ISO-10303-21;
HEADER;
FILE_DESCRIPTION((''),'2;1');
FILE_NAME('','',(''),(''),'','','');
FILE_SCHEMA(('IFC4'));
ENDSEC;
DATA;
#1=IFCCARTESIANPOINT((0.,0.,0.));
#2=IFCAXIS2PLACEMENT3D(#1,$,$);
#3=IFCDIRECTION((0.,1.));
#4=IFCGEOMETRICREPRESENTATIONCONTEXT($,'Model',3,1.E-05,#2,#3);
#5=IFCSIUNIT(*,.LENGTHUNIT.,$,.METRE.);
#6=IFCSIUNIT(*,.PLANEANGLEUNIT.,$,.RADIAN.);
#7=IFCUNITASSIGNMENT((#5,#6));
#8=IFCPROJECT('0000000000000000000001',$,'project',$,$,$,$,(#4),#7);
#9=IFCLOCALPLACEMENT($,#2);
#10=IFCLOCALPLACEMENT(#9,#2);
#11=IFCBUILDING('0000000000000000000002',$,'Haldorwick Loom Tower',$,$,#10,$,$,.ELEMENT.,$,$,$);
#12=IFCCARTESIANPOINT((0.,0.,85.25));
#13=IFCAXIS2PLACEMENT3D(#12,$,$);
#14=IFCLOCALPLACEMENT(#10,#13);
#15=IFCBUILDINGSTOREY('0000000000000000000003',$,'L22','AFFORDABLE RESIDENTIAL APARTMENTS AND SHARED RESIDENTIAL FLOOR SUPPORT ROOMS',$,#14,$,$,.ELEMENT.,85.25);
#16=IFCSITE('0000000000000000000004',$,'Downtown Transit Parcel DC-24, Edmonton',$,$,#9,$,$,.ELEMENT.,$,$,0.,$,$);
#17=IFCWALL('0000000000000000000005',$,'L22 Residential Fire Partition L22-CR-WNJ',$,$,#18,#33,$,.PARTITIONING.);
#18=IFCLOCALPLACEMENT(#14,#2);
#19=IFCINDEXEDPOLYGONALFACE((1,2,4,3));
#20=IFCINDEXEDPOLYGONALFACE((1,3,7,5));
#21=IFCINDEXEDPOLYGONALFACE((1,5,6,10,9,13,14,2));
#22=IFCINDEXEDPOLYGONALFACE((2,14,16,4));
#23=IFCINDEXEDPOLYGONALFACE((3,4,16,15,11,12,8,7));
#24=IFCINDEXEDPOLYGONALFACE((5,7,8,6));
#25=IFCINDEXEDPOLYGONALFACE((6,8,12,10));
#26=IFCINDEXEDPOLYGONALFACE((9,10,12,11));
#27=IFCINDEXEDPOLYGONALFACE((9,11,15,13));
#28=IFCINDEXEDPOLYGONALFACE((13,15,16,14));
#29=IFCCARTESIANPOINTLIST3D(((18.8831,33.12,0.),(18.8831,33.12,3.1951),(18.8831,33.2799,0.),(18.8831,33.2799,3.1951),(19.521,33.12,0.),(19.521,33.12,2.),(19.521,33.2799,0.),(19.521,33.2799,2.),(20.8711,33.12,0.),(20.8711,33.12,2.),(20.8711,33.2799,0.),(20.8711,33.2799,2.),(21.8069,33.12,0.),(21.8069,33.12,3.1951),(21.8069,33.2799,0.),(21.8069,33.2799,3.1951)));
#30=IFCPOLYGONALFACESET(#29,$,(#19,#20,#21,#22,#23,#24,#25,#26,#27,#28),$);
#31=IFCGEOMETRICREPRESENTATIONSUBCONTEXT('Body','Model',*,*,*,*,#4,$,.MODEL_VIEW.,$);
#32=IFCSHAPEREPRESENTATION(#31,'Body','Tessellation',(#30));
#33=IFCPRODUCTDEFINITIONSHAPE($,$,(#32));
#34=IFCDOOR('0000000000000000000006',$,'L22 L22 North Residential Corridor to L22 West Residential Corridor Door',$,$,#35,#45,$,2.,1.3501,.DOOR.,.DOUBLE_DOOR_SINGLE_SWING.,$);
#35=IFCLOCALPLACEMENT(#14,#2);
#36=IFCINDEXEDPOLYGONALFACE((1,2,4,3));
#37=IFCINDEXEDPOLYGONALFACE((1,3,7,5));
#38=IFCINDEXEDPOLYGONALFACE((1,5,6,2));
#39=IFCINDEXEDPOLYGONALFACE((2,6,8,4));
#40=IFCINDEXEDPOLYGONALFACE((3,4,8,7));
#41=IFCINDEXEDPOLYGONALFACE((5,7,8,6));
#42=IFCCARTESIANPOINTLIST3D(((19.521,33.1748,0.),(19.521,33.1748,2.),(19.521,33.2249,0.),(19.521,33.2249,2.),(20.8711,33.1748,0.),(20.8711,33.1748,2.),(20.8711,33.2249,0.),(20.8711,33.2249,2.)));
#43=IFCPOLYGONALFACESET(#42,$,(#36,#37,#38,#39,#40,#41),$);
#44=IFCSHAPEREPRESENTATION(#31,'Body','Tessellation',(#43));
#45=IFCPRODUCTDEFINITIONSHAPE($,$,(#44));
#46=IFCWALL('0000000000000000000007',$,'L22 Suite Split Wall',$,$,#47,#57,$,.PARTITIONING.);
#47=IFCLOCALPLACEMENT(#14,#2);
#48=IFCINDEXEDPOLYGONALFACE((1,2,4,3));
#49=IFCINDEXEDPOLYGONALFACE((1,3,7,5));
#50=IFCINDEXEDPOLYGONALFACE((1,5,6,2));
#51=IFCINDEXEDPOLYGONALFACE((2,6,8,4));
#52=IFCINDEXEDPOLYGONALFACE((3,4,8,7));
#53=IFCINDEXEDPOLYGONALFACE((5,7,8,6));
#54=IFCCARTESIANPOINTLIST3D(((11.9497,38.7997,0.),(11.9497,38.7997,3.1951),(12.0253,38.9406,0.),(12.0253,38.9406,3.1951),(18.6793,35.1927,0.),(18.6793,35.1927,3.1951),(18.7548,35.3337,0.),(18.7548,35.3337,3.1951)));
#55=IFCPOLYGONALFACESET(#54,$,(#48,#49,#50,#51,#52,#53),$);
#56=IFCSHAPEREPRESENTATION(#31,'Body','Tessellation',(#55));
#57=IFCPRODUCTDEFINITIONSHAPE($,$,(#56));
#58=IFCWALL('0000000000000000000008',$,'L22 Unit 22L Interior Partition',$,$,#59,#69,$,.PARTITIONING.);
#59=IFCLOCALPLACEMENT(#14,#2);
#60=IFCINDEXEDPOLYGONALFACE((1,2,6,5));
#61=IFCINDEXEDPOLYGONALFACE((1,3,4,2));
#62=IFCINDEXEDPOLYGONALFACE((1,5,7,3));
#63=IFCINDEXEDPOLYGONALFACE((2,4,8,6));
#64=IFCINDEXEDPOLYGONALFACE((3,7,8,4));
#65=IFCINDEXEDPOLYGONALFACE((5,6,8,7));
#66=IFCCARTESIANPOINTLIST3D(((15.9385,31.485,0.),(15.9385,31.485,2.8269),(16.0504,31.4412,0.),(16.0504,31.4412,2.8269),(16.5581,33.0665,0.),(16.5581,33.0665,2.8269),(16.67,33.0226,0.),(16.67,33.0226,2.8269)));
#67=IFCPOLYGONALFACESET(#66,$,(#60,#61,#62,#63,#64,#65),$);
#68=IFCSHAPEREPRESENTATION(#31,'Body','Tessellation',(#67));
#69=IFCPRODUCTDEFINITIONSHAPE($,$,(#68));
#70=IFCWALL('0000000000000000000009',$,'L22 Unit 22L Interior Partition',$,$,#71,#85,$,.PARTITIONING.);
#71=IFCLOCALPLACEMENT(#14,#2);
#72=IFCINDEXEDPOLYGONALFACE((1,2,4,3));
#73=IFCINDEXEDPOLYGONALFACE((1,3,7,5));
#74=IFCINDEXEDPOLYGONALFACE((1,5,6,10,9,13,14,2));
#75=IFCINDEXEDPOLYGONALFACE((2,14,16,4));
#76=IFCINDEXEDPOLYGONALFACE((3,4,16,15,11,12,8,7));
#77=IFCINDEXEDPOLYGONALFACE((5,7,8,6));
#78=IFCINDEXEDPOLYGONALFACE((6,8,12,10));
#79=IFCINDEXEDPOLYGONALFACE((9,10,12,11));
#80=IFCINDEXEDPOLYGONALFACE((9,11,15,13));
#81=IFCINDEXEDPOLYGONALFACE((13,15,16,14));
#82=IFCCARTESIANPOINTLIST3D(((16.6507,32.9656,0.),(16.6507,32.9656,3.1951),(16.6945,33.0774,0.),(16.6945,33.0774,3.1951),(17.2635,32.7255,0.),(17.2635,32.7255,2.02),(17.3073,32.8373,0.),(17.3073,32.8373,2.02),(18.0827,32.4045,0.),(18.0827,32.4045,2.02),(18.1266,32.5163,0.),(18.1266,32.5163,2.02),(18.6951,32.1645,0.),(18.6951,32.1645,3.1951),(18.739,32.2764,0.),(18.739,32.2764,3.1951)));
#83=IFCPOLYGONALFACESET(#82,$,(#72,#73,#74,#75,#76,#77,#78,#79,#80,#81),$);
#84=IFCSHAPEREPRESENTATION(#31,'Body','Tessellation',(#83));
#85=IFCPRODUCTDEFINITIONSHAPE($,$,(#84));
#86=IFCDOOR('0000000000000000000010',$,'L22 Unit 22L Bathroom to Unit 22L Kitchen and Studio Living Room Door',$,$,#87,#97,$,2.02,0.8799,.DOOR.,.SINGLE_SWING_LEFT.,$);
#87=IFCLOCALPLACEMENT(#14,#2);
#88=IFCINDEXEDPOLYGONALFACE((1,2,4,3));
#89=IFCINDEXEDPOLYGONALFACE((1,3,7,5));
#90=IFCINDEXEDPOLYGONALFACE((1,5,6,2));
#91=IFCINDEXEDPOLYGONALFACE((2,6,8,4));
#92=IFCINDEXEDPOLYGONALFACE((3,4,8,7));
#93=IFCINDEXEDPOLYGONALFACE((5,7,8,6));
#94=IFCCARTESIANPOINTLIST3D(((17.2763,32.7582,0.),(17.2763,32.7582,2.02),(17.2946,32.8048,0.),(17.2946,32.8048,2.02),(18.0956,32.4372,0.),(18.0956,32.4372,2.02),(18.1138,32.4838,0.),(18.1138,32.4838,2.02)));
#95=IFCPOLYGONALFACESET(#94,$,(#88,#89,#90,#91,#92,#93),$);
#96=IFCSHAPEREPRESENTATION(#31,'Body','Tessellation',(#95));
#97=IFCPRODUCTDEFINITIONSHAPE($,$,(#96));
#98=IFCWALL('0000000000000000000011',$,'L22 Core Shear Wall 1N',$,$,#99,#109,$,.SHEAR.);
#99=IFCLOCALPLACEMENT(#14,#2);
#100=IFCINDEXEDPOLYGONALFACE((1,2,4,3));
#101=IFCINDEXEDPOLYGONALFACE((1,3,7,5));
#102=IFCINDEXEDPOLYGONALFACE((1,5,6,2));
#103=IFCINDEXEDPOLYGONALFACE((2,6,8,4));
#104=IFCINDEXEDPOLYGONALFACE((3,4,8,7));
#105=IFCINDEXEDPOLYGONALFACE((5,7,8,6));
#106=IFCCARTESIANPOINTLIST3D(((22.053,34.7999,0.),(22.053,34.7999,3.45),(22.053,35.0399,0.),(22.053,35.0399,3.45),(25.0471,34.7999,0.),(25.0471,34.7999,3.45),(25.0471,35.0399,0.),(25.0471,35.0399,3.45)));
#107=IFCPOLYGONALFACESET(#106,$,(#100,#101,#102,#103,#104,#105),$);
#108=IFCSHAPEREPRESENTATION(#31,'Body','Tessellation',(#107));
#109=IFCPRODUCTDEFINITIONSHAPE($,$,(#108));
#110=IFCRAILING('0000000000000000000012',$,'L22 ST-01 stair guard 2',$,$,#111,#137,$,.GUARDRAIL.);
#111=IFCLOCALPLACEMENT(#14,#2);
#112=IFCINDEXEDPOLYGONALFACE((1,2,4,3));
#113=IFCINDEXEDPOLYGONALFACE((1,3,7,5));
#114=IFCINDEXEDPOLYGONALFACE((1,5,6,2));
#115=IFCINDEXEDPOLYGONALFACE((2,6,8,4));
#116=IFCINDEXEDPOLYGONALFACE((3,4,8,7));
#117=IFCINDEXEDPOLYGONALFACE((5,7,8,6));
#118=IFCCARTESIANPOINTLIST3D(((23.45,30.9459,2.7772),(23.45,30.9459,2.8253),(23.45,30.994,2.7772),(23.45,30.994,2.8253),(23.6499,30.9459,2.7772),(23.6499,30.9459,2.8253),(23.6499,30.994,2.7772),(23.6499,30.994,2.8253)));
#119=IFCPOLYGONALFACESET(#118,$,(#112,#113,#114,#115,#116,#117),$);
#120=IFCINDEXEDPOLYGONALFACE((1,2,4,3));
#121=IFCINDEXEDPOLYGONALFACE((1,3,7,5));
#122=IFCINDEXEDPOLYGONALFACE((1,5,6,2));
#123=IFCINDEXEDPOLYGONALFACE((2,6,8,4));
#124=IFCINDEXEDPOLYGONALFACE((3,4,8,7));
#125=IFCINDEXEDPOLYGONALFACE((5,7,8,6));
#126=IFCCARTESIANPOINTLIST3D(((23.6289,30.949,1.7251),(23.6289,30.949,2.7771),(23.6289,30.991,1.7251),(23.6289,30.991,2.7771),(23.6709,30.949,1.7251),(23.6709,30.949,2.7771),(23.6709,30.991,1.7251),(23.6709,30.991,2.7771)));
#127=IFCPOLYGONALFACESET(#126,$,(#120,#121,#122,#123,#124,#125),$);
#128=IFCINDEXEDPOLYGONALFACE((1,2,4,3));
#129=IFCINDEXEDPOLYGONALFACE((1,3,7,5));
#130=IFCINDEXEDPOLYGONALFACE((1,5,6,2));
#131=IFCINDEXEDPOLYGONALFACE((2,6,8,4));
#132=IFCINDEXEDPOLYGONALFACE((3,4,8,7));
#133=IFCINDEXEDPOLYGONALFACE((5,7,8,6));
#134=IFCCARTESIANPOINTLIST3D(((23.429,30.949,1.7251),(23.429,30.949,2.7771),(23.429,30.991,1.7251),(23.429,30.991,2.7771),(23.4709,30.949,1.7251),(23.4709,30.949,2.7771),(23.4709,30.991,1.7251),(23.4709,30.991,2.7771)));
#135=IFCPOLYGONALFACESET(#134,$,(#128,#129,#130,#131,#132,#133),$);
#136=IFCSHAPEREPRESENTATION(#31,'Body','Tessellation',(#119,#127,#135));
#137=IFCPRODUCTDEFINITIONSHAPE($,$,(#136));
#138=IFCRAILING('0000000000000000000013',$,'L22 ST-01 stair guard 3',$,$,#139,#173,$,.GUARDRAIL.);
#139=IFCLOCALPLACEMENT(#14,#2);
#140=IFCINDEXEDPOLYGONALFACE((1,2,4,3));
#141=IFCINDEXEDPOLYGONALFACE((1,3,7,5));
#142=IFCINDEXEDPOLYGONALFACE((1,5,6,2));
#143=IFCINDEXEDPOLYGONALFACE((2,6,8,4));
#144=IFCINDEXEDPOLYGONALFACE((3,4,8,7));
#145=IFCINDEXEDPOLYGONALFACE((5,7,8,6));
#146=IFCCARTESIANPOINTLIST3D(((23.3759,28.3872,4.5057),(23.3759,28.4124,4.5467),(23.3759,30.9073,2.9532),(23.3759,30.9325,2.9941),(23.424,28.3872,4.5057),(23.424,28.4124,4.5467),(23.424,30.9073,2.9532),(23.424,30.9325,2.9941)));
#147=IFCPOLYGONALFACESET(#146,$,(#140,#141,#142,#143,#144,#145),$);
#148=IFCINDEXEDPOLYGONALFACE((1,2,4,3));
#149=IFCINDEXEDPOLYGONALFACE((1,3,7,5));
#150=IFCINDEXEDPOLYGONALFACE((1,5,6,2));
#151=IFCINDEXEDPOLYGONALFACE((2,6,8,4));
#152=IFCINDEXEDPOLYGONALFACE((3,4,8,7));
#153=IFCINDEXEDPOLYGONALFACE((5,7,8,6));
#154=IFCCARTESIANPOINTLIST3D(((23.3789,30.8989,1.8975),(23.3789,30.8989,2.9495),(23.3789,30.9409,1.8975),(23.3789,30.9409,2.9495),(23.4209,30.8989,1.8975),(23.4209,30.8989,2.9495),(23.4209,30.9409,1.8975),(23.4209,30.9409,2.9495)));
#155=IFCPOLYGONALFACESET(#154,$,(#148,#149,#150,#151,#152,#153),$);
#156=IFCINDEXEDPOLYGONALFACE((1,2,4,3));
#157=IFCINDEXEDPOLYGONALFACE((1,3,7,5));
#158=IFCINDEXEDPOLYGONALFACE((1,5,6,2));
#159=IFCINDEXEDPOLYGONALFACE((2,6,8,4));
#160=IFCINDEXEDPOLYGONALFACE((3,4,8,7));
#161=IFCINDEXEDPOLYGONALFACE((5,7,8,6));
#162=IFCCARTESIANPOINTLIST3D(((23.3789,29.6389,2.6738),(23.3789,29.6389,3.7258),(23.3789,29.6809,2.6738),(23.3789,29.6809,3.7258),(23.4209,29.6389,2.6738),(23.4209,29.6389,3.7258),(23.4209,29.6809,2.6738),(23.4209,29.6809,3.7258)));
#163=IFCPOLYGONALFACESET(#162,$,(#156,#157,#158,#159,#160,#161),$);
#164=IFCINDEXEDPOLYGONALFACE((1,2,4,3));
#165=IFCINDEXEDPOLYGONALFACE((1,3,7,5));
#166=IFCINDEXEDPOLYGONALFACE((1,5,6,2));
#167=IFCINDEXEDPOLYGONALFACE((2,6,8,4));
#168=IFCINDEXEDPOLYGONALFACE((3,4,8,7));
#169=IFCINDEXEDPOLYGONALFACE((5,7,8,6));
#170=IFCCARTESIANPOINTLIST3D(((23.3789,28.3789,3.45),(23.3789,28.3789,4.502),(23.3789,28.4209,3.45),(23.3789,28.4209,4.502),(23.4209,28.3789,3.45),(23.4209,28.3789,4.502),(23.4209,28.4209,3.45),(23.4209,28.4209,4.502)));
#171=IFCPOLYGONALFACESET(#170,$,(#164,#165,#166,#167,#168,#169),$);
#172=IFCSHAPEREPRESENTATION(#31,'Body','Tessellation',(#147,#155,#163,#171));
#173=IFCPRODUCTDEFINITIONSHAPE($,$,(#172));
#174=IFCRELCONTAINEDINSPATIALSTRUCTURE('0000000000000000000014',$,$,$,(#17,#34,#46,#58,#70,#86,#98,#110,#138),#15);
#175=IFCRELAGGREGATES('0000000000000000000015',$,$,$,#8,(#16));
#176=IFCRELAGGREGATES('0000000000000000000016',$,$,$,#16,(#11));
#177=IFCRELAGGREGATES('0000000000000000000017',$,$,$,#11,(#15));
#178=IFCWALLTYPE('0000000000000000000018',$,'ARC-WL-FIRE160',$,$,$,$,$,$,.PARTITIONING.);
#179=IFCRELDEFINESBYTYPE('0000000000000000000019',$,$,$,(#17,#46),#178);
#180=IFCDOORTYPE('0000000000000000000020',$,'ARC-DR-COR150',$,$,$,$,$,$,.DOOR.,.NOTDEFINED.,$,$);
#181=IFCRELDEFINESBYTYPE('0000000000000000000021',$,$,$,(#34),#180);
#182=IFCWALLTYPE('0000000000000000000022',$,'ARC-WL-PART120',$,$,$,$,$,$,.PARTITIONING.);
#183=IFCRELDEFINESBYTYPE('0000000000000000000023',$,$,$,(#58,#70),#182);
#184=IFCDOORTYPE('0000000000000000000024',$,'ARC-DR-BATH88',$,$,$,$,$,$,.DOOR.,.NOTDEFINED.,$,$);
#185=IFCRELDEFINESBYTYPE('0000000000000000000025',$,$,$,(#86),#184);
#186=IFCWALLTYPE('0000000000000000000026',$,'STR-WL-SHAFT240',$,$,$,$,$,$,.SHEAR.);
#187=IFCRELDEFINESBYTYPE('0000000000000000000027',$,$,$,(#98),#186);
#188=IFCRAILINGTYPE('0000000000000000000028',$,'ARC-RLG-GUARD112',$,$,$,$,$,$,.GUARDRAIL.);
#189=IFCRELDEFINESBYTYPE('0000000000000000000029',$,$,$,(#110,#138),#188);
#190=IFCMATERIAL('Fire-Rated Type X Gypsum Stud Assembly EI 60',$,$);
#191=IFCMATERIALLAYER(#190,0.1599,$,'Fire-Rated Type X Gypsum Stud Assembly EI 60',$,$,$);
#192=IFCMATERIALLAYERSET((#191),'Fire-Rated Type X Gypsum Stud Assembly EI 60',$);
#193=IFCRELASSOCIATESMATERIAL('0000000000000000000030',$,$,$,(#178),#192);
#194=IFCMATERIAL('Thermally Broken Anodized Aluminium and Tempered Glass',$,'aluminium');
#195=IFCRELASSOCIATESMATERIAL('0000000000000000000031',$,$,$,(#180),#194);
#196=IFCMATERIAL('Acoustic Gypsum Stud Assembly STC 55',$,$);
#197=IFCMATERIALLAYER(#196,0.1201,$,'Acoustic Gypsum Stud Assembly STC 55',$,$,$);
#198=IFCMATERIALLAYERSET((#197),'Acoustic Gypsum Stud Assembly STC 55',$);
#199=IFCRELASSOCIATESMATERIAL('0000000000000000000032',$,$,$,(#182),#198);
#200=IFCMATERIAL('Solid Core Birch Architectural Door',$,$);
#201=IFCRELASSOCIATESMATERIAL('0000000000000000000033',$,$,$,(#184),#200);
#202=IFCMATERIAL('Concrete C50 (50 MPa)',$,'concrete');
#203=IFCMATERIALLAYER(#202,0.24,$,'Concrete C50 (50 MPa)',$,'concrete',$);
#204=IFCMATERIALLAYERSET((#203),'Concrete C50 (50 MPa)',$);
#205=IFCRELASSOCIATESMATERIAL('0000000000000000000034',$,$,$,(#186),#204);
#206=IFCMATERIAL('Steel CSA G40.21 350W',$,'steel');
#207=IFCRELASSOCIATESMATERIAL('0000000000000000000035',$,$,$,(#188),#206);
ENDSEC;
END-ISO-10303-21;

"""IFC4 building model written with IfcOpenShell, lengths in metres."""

from ifc_helpers import new_model, si_unit, direction, frame, frame_2d, origin, origin_2d, place, context, subcontext, project, spatial, rectangle, extrude, material, layer, layer_set, type_object, element, fill, save


model = new_model("IFC4")

# Units and contexts
model_context = context("Model", 3, precision=1e-05, world=origin(), true_north=direction((0.0, 1.0)))
body_context = subcontext(model_context, "Body", "Model", "MODEL_VIEW")
ifc_project = project(units=[si_unit("LENGTHUNIT", "METRE"), si_unit("PLANEANGLEUNIT", "RADIAN")], contexts=[model_context])

# Site, building, storey
site_placement = place(None, origin())
site = spatial("IfcSite", under=ifc_project, at=site_placement, Name="Downtown Transit Parcel DC-24, Edmonton", CompositionType="ELEMENT", RefElevation=0.0)
building_placement = place(site_placement, origin())
building = spatial("IfcBuilding", under=site, at=building_placement, Name="Haldorwick Loom Tower", CompositionType="ELEMENT")
storey_placement = place(building_placement, frame((0.0, 0.0, 85.25)))
storey = spatial("IfcBuildingStorey", under=building, at=storey_placement, Name="L22", Description="AFFORDABLE RESIDENTIAL APARTMENTS AND SHARED RESIDENTIAL FLOOR SUPPORT ROOMS", CompositionType="ELEMENT", Elevation=85.25)

# Shared definitions
ifc_material_1 = material(Name="Steel CSA G40.21 350W", Category="steel")

# Wall, opening, door
ifc_material_2 = material(Name="Fire-Rated Type X Gypsum Stud Assembly EI 60")
ifc_layer_1 = layer(ifc_material_2, 0.1599, Name="Fire-Rated Type X Gypsum Stud Assembly EI 60")
ifc_layer_set_1 = layer_set([ifc_layer_1], Name="Fire-Rated Type X Gypsum Stud Assembly EI 60")
wall_type_1 = type_object("IfcWallType", Name="ARC-WL-FIRE160", PredefinedType="PARTITIONING", material=ifc_layer_set_1)
wall_1_placement = place(storey_placement, frame((18.8831, 33.2, 0.0), z_axis=(0.0, 0.0, 1.0), x_axis=(1.0, 0.0, 0.0)))
wall_1 = element("IfcWall", 1, at=wall_1_placement, inside=storey, type_object=wall_type_1, Name="L22 Residential Fire Partition L22-CR-WNJ", PredefinedType="PARTITIONING", context=body_context, shape_type="SweptSolid", body=[
    extrude(rectangle(XDim=2.9238, YDim=0.1599, at=frame_2d((1.4619, 0.0))), origin(), (0.0, 0.0, 1.0), 3.1951),
])
opening_1_placement = place(wall_1_placement, frame((0.6379, 0.0, 0.0)))
opening_1 = element("IfcOpeningElement", 2, at=opening_1_placement, cuts=wall_1, PredefinedType="OPENING", context=body_context, shape_type="SweptSolid", body=[
    extrude(rectangle(XDim=1.3501, YDim=2.0, at=frame_2d((0.675, 1.0))), frame((0.0, 0.0898, 0.0), z_axis=(0.0, -1.0, 0.0), x_axis=(1.0, 0.0, 0.0)), (0.0, 0.0, 1.0), 0.1799),
])
ifc_material_3 = material(Name="Thermally Broken Anodized Aluminium and Tempered Glass", Category="aluminium")
door_type_1 = type_object("IfcDoorType", Name="ARC-DR-COR150", OperationType="NOTDEFINED", PredefinedType="DOOR", material=ifc_material_3)
door_1_placement = place(opening_1_placement, origin())
door_1 = element("IfcDoor", 3, at=door_1_placement, inside=storey, type_object=door_type_1, Name="L22 L22 North Residential Corridor to L22 West Residential Corridor Door", OperationType="DOUBLE_DOOR_SINGLE_SWING", OverallHeight=2.0, OverallWidth=1.3501, PredefinedType="DOOR", context=body_context, shape_type="SweptSolid", body=[
    extrude(rectangle(XDim=1.3501, YDim=2.0, at=frame_2d((0.675, 1.0))), frame((0.0, 0.0249, 0.0), z_axis=(0.0, -1.0, 0.0), x_axis=(1.0, 0.0, 0.0)), (0.0, 0.0, 1.0), 0.05),
])
fill(opening_1, door_1)

# Walls
wall_2_placement = place(storey_placement, frame((18.717, 35.2632, 0.0), z_axis=(0.0, 0.0, 1.0), x_axis=(-0.881379, 0.47241, 0.0)))
element("IfcWall", 4, at=wall_2_placement, inside=storey, type_object=wall_type_1, Name="L22 Suite Split Wall", PredefinedType="PARTITIONING", context=body_context, shape_type="SweptSolid", body=[
    extrude(rectangle(XDim=7.6353, YDim=0.1599, at=frame_2d((3.8176, 0.0))), origin(), (0.0, 0.0, 1.0), 3.1951),
])
ifc_material_4 = material(Name="Acoustic Gypsum Stud Assembly STC 55")
ifc_layer_2 = layer(ifc_material_4, 0.1201, Name="Acoustic Gypsum Stud Assembly STC 55")
ifc_layer_set_2 = layer_set([ifc_layer_2], Name="Acoustic Gypsum Stud Assembly STC 55")
wall_type_2 = type_object("IfcWallType", Name="ARC-WL-PART120", PredefinedType="PARTITIONING", material=ifc_layer_set_2)
wall_3_placement = place(storey_placement, frame((16.614, 33.0444, 0.0), z_axis=(0.0, 0.0, 1.0), x_axis=(-0.36479, -0.93109, 0.0)))
element("IfcWall", 5, at=wall_3_placement, inside=storey, type_object=wall_type_2, Name="L22 Unit 22L Interior Partition", PredefinedType="PARTITIONING", context=body_context, shape_type="SweptSolid", body=[
    extrude(rectangle(XDim=1.6985, YDim=0.1201, at=frame_2d((0.8491, 0.0))), origin(), (0.0, 0.0, 1.0), 2.8269),
])

# Wall, opening, door
wall_4_placement = place(storey_placement, frame((18.717, 32.2205, 0.0), z_axis=(0.0, 0.0, 1.0), x_axis=(-0.931084, 0.364806, 0.0)))
wall_4 = element("IfcWall", 6, at=wall_4_placement, inside=storey, type_object=wall_type_2, Name="L22 Unit 22L Interior Partition", PredefinedType="PARTITIONING", context=body_context, shape_type="SweptSolid", body=[
    extrude(rectangle(XDim=2.1958, YDim=0.1201, at=frame_2d((1.0979, 0.0))), origin(), (0.0, 0.0, 1.0), 3.1951),
])
opening_2_placement = place(wall_4_placement, frame((0.6577, 0.0, 0.0)))
opening_2 = element("IfcOpeningElement", 7, at=opening_2_placement, cuts=wall_4, PredefinedType="OPENING", context=body_context, shape_type="SweptSolid", body=[
    extrude(rectangle(XDim=0.8799, YDim=2.02, at=frame_2d((0.4399, 1.01))), frame((0.0, 0.0701, 0.0), z_axis=(0.0, -1.0, 0.0), x_axis=(1.0, 0.0, 0.0)), (0.0, 0.0, 1.0), 0.1401),
])
ifc_material_5 = material(Name="Solid Core Birch Architectural Door")
door_type_2 = type_object("IfcDoorType", Name="ARC-DR-BATH88", OperationType="NOTDEFINED", PredefinedType="DOOR", material=ifc_material_5)
door_2_placement = place(opening_2_placement, origin())
door_2 = element("IfcDoor", 8, at=door_2_placement, inside=storey, type_object=door_type_2, Name="L22 Unit 22L Bathroom to Unit 22L Kitchen and Studio Living Room Door", OperationType="SINGLE_SWING_LEFT", OverallHeight=2.02, OverallWidth=0.8799, PredefinedType="DOOR", context=body_context, shape_type="SweptSolid", body=[
    extrude(rectangle(XDim=0.8799, YDim=2.02, at=frame_2d((0.4399, 1.01))), frame((0.0, 0.0249, 0.0), z_axis=(0.0, -1.0, 0.0), x_axis=(1.0, 0.0, 0.0)), (0.0, 0.0, 1.0), 0.05),
])
fill(opening_2, door_2)

# Wall
ifc_material_6 = material(Name="Concrete C50 (50 MPa)", Category="concrete")
ifc_layer_3 = layer(ifc_material_6, 0.24, Name="Concrete C50 (50 MPa)", Category="concrete")
ifc_layer_set_3 = layer_set([ifc_layer_3], Name="Concrete C50 (50 MPa)")
wall_type_3 = type_object("IfcWallType", Name="STR-WL-SHAFT240", PredefinedType="SHEAR", material=ifc_layer_set_3)
wall_5_placement = place(storey_placement, frame((22.053, 34.9199, 0.0), z_axis=(0.0, 0.0, 1.0), x_axis=(1.0, 0.0, 0.0)))
element("IfcWall", 9, at=wall_5_placement, inside=storey, type_object=wall_type_3, Name="L22 Core Shear Wall 1N", PredefinedType="SHEAR", context=body_context, shape_type="SweptSolid", body=[
    extrude(rectangle(XDim=2.9941, YDim=0.24, at=frame_2d((1.4971, 0.0))), origin(), (0.0, 0.0, 1.0), 3.45),
])

# Railings
railing_type = type_object("IfcRailingType", Name="ARC-RLG-GUARD112", PredefinedType="GUARDRAIL", material=ifc_material_1)
railing_1_placement = place(storey_placement, frame((23.6499, 30.97, 1.7251)))
element("IfcRailing", 10, at=railing_1_placement, inside=storey, type_object=railing_type, Name="L22 ST-01 stair guard 2", PredefinedType="GUARDRAIL", context=body_context, shape_type="SweptSolid", body=[
    extrude(rectangle(XDim=0.0481, YDim=0.0481, at=origin_2d()), frame((0.0, 0.0, 1.0762), z_axis=(-1.0, 0.0, 0.0), x_axis=(0.0, -1.0, 0.0)), (0.0, 0.0, 1.0), 0.2),
    extrude(rectangle(XDim=0.042, YDim=0.042, at=origin_2d()), origin(), (0.0, 0.0, 1.0), 1.052),
    extrude(rectangle(XDim=0.042, YDim=0.042, at=origin_2d()), frame((-0.2, 0.0, 0.0)), (0.0, 0.0, 1.0), 1.052),
])
railing_2_placement = place(storey_placement, frame((23.3999, 30.9199, 1.8975)))
element("IfcRailing", 11, at=railing_2_placement, inside=storey, type_object=railing_type, Name="L22 ST-01 stair guard 3", PredefinedType="GUARDRAIL", context=body_context, shape_type="SweptSolid", body=[
    extrude(rectangle(XDim=0.0481, YDim=0.0481, at=origin_2d()), frame((0.0, 0.0, 1.0762), z_axis=(0.0, -0.8514, 0.524516), x_axis=(1.0, 0.0, 0.0)), (0.0, 0.0, 1.0), 2.96),
    extrude(rectangle(XDim=0.042, YDim=0.042, at=origin_2d()), origin(), (0.0, 0.0, 1.0), 1.052),
    extrude(rectangle(XDim=0.042, YDim=0.042, at=origin_2d()), frame((0.0, -1.26, 0.7764)), (0.0, 0.0, 1.0), 1.052),
    extrude(rectangle(XDim=0.042, YDim=0.042, at=origin_2d()), frame((0.0, -2.52, 1.5525)), (0.0, 0.0, 1.0), 1.052),
])

save(model, "model.ifc")
